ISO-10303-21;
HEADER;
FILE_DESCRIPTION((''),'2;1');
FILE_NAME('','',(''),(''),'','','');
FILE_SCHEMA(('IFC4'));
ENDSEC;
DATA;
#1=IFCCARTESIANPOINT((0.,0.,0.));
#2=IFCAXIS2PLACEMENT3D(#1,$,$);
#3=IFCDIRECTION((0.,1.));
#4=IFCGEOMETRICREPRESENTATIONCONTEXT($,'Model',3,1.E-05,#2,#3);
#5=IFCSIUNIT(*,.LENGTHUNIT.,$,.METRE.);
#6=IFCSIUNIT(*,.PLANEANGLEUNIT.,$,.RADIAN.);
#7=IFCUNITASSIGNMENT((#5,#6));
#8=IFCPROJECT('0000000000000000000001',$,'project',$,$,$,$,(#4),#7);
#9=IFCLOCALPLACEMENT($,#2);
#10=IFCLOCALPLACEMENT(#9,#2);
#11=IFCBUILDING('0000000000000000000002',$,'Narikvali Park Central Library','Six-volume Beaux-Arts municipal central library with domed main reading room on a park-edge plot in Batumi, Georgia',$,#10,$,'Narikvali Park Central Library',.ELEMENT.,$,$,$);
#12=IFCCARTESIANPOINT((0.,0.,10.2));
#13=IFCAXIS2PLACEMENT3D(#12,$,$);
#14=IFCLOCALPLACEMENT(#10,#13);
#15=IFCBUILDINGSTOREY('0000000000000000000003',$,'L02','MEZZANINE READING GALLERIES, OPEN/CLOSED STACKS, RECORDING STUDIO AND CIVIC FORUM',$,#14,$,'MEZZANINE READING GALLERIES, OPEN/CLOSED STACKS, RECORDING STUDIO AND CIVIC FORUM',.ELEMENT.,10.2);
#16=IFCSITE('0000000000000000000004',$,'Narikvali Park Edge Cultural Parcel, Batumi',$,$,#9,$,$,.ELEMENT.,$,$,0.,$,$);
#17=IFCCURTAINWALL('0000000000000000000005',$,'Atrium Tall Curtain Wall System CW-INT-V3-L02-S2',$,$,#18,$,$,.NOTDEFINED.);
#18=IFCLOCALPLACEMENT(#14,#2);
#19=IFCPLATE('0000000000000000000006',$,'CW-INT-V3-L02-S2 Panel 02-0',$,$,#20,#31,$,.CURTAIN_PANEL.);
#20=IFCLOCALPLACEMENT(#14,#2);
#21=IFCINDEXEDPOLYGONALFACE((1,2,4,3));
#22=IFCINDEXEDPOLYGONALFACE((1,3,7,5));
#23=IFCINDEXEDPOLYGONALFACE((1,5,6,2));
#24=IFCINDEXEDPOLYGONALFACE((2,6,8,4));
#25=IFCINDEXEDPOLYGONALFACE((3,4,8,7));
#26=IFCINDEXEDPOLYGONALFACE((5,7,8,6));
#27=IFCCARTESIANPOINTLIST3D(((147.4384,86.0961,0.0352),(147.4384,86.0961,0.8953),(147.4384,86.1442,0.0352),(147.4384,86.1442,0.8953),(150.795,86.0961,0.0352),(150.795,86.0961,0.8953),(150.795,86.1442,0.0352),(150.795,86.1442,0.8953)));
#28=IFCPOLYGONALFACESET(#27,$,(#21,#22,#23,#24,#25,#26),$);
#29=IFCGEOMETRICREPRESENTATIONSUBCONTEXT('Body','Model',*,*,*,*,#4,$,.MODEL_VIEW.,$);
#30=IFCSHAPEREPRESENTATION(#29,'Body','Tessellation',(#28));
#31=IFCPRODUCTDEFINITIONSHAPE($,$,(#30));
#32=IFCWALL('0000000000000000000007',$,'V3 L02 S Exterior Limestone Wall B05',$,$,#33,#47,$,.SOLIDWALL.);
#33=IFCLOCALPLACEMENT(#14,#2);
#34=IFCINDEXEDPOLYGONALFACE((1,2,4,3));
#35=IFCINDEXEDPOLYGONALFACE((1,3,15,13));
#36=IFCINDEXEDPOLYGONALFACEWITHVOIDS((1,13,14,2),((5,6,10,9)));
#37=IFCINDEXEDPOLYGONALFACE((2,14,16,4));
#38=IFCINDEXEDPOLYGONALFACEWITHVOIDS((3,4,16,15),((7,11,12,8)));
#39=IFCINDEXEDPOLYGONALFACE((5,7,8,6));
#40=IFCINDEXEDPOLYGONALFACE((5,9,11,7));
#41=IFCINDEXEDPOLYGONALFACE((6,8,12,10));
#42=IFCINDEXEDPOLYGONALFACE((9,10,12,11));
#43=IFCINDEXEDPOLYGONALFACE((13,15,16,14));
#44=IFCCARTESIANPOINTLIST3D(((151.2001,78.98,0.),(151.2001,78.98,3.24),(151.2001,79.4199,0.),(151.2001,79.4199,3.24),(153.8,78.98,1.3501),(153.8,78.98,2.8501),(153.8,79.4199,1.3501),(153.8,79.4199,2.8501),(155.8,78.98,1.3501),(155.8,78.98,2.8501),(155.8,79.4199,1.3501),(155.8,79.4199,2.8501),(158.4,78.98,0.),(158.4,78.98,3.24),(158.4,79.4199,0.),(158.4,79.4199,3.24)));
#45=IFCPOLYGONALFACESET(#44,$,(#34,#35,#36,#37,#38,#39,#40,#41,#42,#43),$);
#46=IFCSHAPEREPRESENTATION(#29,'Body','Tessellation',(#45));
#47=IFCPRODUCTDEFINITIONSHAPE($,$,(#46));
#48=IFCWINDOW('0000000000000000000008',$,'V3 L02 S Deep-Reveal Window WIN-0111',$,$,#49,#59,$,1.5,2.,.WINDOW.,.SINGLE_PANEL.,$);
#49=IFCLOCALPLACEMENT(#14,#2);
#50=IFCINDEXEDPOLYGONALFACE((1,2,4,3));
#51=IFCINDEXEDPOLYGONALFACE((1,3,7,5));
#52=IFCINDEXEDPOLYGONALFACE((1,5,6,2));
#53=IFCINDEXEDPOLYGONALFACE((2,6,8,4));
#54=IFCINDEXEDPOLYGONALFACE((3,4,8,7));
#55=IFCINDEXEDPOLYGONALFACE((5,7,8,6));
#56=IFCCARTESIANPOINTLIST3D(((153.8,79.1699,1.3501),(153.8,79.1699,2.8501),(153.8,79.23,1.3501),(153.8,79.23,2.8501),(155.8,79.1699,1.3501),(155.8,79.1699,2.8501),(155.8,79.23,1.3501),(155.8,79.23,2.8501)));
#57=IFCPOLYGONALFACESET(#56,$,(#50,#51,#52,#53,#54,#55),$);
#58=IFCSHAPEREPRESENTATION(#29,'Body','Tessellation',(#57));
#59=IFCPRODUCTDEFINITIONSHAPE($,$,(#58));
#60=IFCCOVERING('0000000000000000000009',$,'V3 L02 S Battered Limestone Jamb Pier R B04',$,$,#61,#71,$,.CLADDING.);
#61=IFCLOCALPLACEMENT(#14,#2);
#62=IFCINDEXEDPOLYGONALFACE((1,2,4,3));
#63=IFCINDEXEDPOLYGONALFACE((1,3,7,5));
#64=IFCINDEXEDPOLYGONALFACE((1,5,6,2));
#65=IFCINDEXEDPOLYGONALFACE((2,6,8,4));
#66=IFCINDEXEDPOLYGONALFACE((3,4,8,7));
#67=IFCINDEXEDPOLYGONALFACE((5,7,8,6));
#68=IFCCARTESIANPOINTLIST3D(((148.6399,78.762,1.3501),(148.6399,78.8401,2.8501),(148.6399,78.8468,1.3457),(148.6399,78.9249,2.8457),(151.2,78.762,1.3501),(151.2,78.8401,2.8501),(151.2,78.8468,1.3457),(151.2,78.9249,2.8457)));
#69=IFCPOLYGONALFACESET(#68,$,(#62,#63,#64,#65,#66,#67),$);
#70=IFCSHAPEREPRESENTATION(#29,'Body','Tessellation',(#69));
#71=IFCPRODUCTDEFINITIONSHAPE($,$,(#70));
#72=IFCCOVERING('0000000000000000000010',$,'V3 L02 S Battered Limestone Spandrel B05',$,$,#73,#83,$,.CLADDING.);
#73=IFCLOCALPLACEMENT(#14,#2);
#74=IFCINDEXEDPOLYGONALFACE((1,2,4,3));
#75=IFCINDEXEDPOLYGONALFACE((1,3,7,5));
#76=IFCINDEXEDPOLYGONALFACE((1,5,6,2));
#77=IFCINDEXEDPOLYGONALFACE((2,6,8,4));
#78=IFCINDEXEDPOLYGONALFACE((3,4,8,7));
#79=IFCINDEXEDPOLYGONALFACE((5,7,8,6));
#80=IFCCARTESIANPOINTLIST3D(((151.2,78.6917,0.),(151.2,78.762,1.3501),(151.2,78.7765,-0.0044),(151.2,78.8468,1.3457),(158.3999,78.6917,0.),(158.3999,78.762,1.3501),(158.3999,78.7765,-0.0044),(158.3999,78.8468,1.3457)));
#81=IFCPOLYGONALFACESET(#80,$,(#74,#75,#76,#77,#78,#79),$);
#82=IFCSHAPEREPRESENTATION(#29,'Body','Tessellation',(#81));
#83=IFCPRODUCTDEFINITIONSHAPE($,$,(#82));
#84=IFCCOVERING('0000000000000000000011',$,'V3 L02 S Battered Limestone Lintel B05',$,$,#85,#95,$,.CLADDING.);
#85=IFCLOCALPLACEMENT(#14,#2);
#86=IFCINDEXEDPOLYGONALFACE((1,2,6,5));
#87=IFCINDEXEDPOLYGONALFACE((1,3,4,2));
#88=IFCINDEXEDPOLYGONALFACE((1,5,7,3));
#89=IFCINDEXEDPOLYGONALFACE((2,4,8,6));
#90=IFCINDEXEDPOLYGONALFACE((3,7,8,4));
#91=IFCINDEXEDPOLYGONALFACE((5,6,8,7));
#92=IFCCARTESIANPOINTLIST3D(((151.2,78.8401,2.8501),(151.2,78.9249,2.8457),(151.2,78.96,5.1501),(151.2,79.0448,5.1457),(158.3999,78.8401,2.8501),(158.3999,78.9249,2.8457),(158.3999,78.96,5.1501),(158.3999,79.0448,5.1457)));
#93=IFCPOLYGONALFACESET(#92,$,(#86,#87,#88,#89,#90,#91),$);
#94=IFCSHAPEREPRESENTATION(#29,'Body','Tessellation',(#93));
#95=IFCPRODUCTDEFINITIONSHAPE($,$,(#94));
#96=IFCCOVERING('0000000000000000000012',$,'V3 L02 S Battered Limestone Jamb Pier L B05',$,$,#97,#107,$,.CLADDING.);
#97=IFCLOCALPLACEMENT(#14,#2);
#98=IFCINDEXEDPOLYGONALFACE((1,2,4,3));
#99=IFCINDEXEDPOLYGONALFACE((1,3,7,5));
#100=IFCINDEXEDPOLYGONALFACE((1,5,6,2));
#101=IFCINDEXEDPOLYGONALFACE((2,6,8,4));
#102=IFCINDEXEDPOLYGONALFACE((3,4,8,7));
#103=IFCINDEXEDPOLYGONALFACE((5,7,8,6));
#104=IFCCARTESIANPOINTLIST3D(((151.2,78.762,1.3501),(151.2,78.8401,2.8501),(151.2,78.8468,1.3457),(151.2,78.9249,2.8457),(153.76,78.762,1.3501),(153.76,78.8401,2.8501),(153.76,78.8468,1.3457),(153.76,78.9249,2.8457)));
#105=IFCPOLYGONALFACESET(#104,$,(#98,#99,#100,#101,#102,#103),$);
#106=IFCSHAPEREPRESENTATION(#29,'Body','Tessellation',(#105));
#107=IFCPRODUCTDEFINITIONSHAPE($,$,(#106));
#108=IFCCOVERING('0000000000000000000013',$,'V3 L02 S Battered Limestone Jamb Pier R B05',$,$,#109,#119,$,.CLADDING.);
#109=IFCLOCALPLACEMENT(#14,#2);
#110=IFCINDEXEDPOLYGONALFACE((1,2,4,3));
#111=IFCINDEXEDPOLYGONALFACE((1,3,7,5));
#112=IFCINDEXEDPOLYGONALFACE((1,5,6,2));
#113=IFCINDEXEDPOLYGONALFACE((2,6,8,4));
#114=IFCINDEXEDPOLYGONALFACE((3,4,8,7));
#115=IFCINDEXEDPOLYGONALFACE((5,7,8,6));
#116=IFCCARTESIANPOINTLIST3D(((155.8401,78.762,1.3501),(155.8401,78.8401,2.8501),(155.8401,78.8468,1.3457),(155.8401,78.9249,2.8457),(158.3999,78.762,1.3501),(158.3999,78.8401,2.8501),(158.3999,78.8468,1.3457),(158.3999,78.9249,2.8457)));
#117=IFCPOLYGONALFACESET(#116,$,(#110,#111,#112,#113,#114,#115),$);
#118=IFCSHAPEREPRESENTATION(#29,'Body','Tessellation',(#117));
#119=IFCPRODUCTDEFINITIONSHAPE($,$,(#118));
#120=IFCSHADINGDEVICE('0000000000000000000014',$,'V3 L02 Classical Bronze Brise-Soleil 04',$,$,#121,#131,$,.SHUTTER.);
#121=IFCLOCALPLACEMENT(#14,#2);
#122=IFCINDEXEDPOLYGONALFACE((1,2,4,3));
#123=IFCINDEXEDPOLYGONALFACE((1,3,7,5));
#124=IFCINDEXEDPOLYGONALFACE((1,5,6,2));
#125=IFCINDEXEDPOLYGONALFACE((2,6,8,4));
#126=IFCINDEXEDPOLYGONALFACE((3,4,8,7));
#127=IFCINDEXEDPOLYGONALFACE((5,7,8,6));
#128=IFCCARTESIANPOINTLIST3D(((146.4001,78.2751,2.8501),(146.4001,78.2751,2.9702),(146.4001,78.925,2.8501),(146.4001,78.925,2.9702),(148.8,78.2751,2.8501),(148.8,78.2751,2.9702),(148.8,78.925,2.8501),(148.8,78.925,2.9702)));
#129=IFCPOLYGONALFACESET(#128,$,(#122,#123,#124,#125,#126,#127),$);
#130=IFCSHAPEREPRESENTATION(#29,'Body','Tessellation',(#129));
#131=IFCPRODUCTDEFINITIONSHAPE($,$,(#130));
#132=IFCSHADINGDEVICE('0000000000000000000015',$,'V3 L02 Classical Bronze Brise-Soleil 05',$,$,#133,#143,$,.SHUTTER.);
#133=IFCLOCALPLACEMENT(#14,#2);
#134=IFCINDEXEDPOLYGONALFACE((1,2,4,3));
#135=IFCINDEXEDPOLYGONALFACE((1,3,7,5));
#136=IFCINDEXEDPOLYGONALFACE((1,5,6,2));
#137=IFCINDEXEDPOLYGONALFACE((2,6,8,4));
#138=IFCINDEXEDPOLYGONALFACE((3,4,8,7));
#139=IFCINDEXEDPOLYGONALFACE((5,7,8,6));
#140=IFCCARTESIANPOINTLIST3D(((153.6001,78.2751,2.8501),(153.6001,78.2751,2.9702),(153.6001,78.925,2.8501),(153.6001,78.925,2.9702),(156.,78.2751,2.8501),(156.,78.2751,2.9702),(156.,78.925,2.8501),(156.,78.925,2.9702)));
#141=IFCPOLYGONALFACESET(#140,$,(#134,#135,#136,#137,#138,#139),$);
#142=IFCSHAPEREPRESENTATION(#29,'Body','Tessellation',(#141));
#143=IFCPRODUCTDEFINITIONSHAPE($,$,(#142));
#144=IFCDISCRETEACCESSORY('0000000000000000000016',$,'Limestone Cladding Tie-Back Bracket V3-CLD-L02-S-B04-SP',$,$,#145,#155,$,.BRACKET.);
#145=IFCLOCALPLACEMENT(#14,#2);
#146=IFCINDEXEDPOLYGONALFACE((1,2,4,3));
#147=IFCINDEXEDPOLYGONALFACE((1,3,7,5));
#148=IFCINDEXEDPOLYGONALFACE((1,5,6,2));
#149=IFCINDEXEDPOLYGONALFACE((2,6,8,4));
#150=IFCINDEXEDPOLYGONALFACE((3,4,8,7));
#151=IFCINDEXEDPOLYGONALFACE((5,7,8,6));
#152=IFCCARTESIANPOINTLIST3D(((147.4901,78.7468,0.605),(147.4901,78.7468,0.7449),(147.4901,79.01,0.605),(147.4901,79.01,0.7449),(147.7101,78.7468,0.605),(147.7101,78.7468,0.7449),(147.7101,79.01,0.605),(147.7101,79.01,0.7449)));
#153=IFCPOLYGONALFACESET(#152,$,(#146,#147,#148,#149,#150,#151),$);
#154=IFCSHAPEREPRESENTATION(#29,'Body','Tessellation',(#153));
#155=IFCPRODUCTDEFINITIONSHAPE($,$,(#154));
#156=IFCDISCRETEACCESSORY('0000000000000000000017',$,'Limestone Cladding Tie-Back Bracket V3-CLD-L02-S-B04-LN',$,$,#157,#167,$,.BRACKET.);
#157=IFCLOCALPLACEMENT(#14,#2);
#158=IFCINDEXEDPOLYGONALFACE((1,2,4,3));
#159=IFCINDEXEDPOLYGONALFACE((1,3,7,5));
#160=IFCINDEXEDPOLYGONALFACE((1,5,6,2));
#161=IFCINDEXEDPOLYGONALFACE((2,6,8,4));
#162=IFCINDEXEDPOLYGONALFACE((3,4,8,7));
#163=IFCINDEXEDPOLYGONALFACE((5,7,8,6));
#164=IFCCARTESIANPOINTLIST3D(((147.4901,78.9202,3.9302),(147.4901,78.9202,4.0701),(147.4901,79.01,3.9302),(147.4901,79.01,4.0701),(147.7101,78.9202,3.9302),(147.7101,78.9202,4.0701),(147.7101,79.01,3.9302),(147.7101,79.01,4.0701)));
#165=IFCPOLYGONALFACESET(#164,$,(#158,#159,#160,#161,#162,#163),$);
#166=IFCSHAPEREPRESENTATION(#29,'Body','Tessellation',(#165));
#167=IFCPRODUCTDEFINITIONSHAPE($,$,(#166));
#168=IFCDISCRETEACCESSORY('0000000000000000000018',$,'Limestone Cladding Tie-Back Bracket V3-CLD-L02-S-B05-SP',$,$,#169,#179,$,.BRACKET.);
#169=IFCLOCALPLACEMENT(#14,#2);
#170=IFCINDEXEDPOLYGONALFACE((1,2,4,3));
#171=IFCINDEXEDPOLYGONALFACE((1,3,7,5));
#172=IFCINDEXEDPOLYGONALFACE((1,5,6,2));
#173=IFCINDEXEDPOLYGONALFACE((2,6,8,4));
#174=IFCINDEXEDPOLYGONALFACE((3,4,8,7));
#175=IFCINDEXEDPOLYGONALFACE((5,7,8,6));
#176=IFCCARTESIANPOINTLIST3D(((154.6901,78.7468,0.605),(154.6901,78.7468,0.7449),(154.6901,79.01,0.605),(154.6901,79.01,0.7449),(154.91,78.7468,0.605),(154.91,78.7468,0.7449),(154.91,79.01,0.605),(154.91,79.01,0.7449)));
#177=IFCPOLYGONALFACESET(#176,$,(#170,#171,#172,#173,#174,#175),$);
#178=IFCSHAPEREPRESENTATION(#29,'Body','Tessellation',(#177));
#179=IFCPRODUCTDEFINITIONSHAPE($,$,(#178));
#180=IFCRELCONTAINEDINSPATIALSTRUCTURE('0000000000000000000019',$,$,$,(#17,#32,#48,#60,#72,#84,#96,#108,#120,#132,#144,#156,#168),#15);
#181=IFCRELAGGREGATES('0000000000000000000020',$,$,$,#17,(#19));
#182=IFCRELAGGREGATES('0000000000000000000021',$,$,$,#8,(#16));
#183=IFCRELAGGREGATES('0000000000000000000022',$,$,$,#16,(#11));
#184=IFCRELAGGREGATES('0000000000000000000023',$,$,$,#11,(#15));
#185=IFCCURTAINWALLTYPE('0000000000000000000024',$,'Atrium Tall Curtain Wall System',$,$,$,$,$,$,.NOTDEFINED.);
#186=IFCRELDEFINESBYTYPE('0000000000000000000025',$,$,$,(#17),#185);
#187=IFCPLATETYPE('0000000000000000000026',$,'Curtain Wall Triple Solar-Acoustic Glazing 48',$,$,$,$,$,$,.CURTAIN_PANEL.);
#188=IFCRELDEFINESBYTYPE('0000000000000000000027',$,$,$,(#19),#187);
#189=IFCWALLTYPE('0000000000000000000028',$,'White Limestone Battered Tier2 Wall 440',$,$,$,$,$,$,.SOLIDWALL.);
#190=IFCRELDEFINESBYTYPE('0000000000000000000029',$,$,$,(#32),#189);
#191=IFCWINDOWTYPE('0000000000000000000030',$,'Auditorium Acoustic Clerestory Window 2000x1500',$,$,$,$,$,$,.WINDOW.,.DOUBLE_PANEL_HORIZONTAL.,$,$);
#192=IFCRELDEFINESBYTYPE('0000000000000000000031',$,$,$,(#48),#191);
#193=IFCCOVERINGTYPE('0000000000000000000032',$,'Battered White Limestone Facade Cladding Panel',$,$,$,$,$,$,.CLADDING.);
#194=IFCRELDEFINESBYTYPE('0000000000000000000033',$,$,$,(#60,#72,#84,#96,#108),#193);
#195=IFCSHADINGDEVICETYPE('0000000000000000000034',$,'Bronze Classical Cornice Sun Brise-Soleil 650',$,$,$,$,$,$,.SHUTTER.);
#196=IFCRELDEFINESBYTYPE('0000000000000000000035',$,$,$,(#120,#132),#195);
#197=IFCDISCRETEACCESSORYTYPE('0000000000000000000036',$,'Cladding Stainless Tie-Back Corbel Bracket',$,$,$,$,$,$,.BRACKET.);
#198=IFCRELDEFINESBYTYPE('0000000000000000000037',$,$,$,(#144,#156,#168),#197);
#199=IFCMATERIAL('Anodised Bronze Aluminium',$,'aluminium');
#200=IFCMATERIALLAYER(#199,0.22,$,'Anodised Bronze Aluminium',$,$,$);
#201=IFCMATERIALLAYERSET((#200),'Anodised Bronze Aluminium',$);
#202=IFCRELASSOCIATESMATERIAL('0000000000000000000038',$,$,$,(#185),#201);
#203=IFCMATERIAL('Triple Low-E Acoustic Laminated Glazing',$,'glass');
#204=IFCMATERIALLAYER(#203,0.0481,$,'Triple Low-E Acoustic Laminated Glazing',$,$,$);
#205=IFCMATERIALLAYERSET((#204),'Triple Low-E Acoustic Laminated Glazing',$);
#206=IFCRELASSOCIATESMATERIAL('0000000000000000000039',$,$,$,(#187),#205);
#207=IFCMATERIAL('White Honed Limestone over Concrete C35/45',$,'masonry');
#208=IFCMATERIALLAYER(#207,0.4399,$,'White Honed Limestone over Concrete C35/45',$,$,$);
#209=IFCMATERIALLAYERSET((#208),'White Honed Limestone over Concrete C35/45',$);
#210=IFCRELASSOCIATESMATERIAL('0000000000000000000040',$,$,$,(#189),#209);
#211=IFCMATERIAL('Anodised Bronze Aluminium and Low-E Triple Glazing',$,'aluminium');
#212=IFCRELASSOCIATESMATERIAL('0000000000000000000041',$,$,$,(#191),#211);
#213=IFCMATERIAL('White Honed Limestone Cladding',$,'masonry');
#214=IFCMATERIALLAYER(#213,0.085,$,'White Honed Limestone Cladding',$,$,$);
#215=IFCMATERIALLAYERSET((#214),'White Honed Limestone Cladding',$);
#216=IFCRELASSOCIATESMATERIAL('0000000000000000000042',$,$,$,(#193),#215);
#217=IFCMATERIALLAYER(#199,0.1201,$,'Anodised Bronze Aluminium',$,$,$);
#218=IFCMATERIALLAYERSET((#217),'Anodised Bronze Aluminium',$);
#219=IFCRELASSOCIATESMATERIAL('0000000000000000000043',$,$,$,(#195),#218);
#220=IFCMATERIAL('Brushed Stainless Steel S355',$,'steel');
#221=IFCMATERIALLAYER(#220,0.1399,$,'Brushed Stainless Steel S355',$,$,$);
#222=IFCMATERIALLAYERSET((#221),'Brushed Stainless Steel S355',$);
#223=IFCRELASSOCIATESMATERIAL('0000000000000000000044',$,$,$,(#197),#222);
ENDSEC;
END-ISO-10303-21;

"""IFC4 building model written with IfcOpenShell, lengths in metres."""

from ifc_helpers import new_model, si_unit, direction, frame, frame_2d, origin, origin_2d, place, context, subcontext, project, spatial, polyline, rectangle, outline, extrude, material, layer, layer_set, type_object, element, fill, aggregate, save


model = new_model("IFC4")

# Units and contexts
model_context = context("Model", 3, precision=1e-05, world=origin(), true_north=direction((0.0, 1.0)))
body_context = subcontext(model_context, "Body", "Model", "MODEL_VIEW")
ifc_project = project(units=[si_unit("LENGTHUNIT", "METRE"), si_unit("PLANEANGLEUNIT", "RADIAN")], contexts=[model_context])

# Site, building, storey
site_placement = place(None, origin())
site = spatial("IfcSite", under=ifc_project, at=site_placement, Name="Narikvali Park Edge Cultural Parcel, Batumi", CompositionType="ELEMENT", RefElevation=0.0)
building_placement = place(site_placement, origin())
building = spatial("IfcBuilding", under=site, at=building_placement, Name="Narikvali Park Central Library", Description="Six-volume Beaux-Arts municipal central library with domed main reading room on a park-edge plot in Batumi, Georgia", LongName="Narikvali Park Central Library", CompositionType="ELEMENT")
storey_placement = place(building_placement, frame((0.0, 0.0, 10.2)))
storey = spatial("IfcBuildingStorey", under=building, at=storey_placement, Name="L02", Description="MEZZANINE READING GALLERIES, OPEN/CLOSED STACKS, RECORDING STUDIO AND CIVIC FORUM", LongName="MEZZANINE READING GALLERIES, OPEN/CLOSED STACKS, RECORDING STUDIO AND CIVIC FORUM", CompositionType="ELEMENT", Elevation=10.2)

# Curtain wall
ifc_material_1 = material(Name="Anodised Bronze Aluminium", Category="aluminium")
ifc_layer_1 = layer(ifc_material_1, 0.22, Name="Anodised Bronze Aluminium")
ifc_layer_set_1 = layer_set([ifc_layer_1], Name="Anodised Bronze Aluminium")
curtain_wall_type = type_object("IfcCurtainWallType", Name="Atrium Tall Curtain Wall System", PredefinedType="NOTDEFINED", material=ifc_layer_set_1)
curtain_wall_placement = place(storey_placement, origin())
curtain_wall = element("IfcCurtainWall", 1, at=curtain_wall_placement, inside=storey, type_object=curtain_wall_type, Name="Atrium Tall Curtain Wall System CW-INT-V3-L02-S2", PredefinedType="NOTDEFINED")

# Plate
ifc_material_2 = material(Name="Triple Low-E Acoustic Laminated Glazing", Category="glass")
ifc_layer_2 = layer(ifc_material_2, 0.0481, Name="Triple Low-E Acoustic Laminated Glazing")
ifc_layer_set_2 = layer_set([ifc_layer_2], Name="Triple Low-E Acoustic Laminated Glazing")
plate_type_1 = type_object("IfcPlateType", Name="Curtain Wall Triple Solar-Acoustic Glazing 48", PredefinedType="CURTAIN_PANEL", material=ifc_layer_set_2)
plate_1_placement = place(storey_placement, frame((149.1167, 86.1201, 0.0352), z_axis=(0.0, 0.0, 1.0), x_axis=(1.0, 0.0, 0.0)))
plate_1 = element("IfcPlate", 2, at=plate_1_placement, type_object=plate_type_1, Name="CW-INT-V3-L02-S2 Panel 02-0", PredefinedType="CURTAIN_PANEL", context=body_context, shape_type="SweptSolid", body=[
    extrude(rectangle(XDim=3.3567, YDim=0.0481, at=origin_2d()), origin(), (0.0, 0.0, 1.0), 0.8601),
])
aggregate(curtain_wall, [plate_1])

# Wall, opening, window
ifc_material_3 = material(Name="White Honed Limestone over Concrete C35/45", Category="masonry")
ifc_layer_3 = layer(ifc_material_3, 0.4399, Name="White Honed Limestone over Concrete C35/45")
ifc_layer_set_3 = layer_set([ifc_layer_3], Name="White Honed Limestone over Concrete C35/45")
wall_type = type_object("IfcWallType", Name="White Limestone Battered Tier2 Wall 440", PredefinedType="SOLIDWALL", material=ifc_layer_set_3)
wall_placement = place(storey_placement, frame((151.2, 79.2, 0.0), z_axis=(0.0, 0.0, 1.0), x_axis=(1.0, 0.0, 0.0)))
wall = element("IfcWall", 3, at=wall_placement, inside=storey, type_object=wall_type, Name="V3 L02 S Exterior Limestone Wall B05", PredefinedType="SOLIDWALL", context=body_context, shape_type="SweptSolid", body=[
    extrude(rectangle(XDim=7.2, YDim=0.4399, at=frame_2d((3.6001, 0.0))), origin(), (0.0, 0.0, 1.0), 3.24),
])
opening_placement = place(wall_placement, frame((2.6001, 0.0, 1.3501)))
opening = element("IfcOpeningElement", 4, at=opening_placement, cuts=wall, PredefinedType="OPENING", context=body_context, shape_type="SweptSolid", body=[
    extrude(rectangle(XDim=2.0, YDim=1.5, at=frame_2d((1.0, 0.75))), frame((0.0, 0.2319, 0.0), z_axis=(0.0, -1.0, 0.0), x_axis=(1.0, 0.0, 0.0)), (0.0, 0.0, 1.0), 0.4639),
])
ifc_material_4 = material(Name="Anodised Bronze Aluminium and Low-E Triple Glazing", Category="aluminium")
window_type = type_object("IfcWindowType", Name="Auditorium Acoustic Clerestory Window 2000x1500", PartitioningType="DOUBLE_PANEL_HORIZONTAL", PredefinedType="WINDOW", material=ifc_material_4)
window_placement = place(opening_placement, origin())
window = element("IfcWindow", 5, at=window_placement, inside=storey, type_object=window_type, Name="V3 L02 S Deep-Reveal Window WIN-0111", OverallHeight=1.5, OverallWidth=2.0, PartitioningType="SINGLE_PANEL", PredefinedType="WINDOW", context=body_context, shape_type="SweptSolid", body=[
    extrude(rectangle(XDim=2.0, YDim=1.5, at=frame_2d((1.0, 0.75))), frame((0.0, 0.03, 0.0), z_axis=(0.0, -1.0, 0.0), x_axis=(1.0, 0.0, 0.0)), (0.0, 0.0, 1.0), 0.0601),
])
fill(opening, window)

# Coverings
ifc_material_5 = material(Name="White Honed Limestone Cladding", Category="masonry")
ifc_layer_4 = layer(ifc_material_5, 0.085, Name="White Honed Limestone Cladding")
ifc_layer_set_4 = layer_set([ifc_layer_4], Name="White Honed Limestone Cladding")
covering_type = type_object("IfcCoveringType", Name="Battered White Limestone Facade Cladding Panel", PredefinedType="CLADDING", material=ifc_layer_set_4)
covering_1_placement = place(storey_placement, frame((148.6399, 78.762, 1.3501), z_axis=(0.0, -0.998646, 0.052013), x_axis=(1.0, 0.0, 0.0)))
element("IfcCovering", 6, at=covering_1_placement, inside=storey, type_object=covering_type, Name="V3 L02 S Battered Limestone Jamb Pier R B04", PredefinedType="CLADDING", context=body_context, shape_type="SweptSolid", body=[
    extrude(outline(polyline([(0.0, 0.0), (2.5601, 0.0), (2.5601, 1.502), (0.0, 1.502), (0.0, 0.0)])), origin(), (0.0, 0.0, -1.0), 0.085),
])
covering_2_placement = place(storey_placement, frame((151.2, 78.6917, 0.0), z_axis=(0.0, -0.998647, 0.052009), x_axis=(1.0, 0.0, 0.0)))
element("IfcCovering", 7, at=covering_2_placement, inside=storey, type_object=covering_type, Name="V3 L02 S Battered Limestone Spandrel B05", PredefinedType="CLADDING", context=body_context, shape_type="SweptSolid", body=[
    extrude(outline(polyline([(0.0, 0.0), (7.2, 0.0), (7.2, 1.3519), (0.0, 1.3519), (0.0, 0.0)])), origin(), (0.0, 0.0, -1.0), 0.085),
])
covering_3_placement = place(storey_placement, frame((151.2, 78.8401, 2.8501), z_axis=(0.0, -0.998645, 0.052047), x_axis=(1.0, 0.0, 0.0)))
element("IfcCovering", 8, at=covering_3_placement, inside=storey, type_object=covering_type, Name="V3 L02 S Battered Limestone Lintel B05", PredefinedType="CLADDING", context=body_context, shape_type="SweptSolid", body=[
    extrude(outline(polyline([(0.0, 0.0), (7.2, 0.0), (7.2, 2.3032), (0.0, 2.3032), (0.0, 0.0)])), origin(), (0.0, 0.0, -1.0), 0.085),
])
covering_4_placement = place(storey_placement, frame((151.2, 78.762, 1.3501), z_axis=(0.0, -0.998646, 0.052013), x_axis=(1.0, 0.0, 0.0)))
element("IfcCovering", 9, at=covering_4_placement, inside=storey, type_object=covering_type, Name="V3 L02 S Battered Limestone Jamb Pier L B05", PredefinedType="CLADDING", context=body_context, shape_type="SweptSolid", body=[
    extrude(outline(polyline([(0.0, 0.0), (2.5601, 0.0), (2.5601, 1.502), (0.0, 1.502), (0.0, 0.0)])), origin(), (0.0, 0.0, -1.0), 0.085),
])
covering_5_placement = place(storey_placement, frame((155.8401, 78.762, 1.3501), z_axis=(0.0, -0.998646, 0.052013), x_axis=(1.0, 0.0, 0.0)))
element("IfcCovering", 10, at=covering_5_placement, inside=storey, type_object=covering_type, Name="V3 L02 S Battered Limestone Jamb Pier R B05", PredefinedType="CLADDING", context=body_context, shape_type="SweptSolid", body=[
    extrude(outline(polyline([(0.0, 0.0), (2.5598, 0.0), (2.5598, 1.502), (0.0, 1.502), (0.0, 0.0)])), origin(), (0.0, 0.0, -1.0), 0.085),
])

# Shading devices
ifc_layer_5 = layer(ifc_material_1, 0.1201, Name="Anodised Bronze Aluminium")
ifc_layer_set_5 = layer_set([ifc_layer_5], Name="Anodised Bronze Aluminium")
shading_device_type = type_object("IfcShadingDeviceType", Name="Bronze Classical Cornice Sun Brise-Soleil 650", PredefinedType="SHUTTER", material=ifc_layer_set_5)
for number, where, z_axis, x_axis, name in (
    (11, (147.6001, 78.6001, 2.8501), (0.0, 0.0, 1.0), (1.0, 0.0, 0.0), "V3 L02 Classical Bronze Brise-Soleil 04"),
    (12, (154.8, 78.6001, 2.8501), (0.0, 0.0, 1.0), (1.0, 0.0, 0.0), "V3 L02 Classical Bronze Brise-Soleil 05"),
):
    element("IfcShadingDevice", number, at=place(storey_placement, frame(where, z_axis=z_axis, x_axis=x_axis)), inside=storey, type_object=shading_device_type, Name=name, PredefinedType="SHUTTER", context=body_context, shape_type="SweptSolid", body=[
        extrude(rectangle(XDim=2.3999, YDim=0.6499, at=origin_2d()), origin(), (0.0, 0.0, 1.0), 0.1201),
    ])

# Discrete accessories
ifc_material_6 = material(Name="Brushed Stainless Steel S355", Category="steel")
ifc_layer_6 = layer(ifc_material_6, 0.1399, Name="Brushed Stainless Steel S355")
ifc_layer_set_6 = layer_set([ifc_layer_6], Name="Brushed Stainless Steel S355")
discrete_accessory_type = type_object("IfcDiscreteAccessoryType", Name="Cladding Stainless Tie-Back Corbel Bracket", PredefinedType="BRACKET", material=ifc_layer_set_6)
discrete_accessory_1_placement = place(storey_placement, frame((147.6001, 78.8784, 0.605), z_axis=(0.0, 0.0, 1.0), x_axis=(1.0, 0.0, 0.0)))
element("IfcDiscreteAccessory", 13, at=discrete_accessory_1_placement, inside=storey, type_object=discrete_accessory_type, Name="Limestone Cladding Tie-Back Bracket V3-CLD-L02-S-B04-SP", PredefinedType="BRACKET", context=body_context, shape_type="SweptSolid", body=[
    extrude(rectangle(XDim=0.22, YDim=0.2632, at=origin_2d()), origin(), (0.0, 0.0, 1.0), 0.1399),
])
discrete_accessory_2_placement = place(storey_placement, frame((147.6001, 78.9651, 3.9302), z_axis=(0.0, 0.0, 1.0), x_axis=(1.0, 0.0, 0.0)))
element("IfcDiscreteAccessory", 14, at=discrete_accessory_2_placement, inside=storey, type_object=discrete_accessory_type, Name="Limestone Cladding Tie-Back Bracket V3-CLD-L02-S-B04-LN", PredefinedType="BRACKET", context=body_context, shape_type="SweptSolid", body=[
    extrude(rectangle(XDim=0.22, YDim=0.0898, at=origin_2d()), origin(), (0.0, 0.0, 1.0), 0.1399),
])
discrete_accessory_3_placement = place(storey_placement, frame((154.8, 78.8784, 0.605), z_axis=(0.0, 0.0, 1.0), x_axis=(1.0, 0.0, 0.0)))
element("IfcDiscreteAccessory", 15, at=discrete_accessory_3_placement, inside=storey, type_object=discrete_accessory_type, Name="Limestone Cladding Tie-Back Bracket V3-CLD-L02-S-B05-SP", PredefinedType="BRACKET", context=body_context, shape_type="SweptSolid", body=[
    extrude(rectangle(XDim=0.22, YDim=0.2632, at=origin_2d()), origin(), (0.0, 0.0, 1.0), 0.1399),
])

save(model, "model.ifc")
